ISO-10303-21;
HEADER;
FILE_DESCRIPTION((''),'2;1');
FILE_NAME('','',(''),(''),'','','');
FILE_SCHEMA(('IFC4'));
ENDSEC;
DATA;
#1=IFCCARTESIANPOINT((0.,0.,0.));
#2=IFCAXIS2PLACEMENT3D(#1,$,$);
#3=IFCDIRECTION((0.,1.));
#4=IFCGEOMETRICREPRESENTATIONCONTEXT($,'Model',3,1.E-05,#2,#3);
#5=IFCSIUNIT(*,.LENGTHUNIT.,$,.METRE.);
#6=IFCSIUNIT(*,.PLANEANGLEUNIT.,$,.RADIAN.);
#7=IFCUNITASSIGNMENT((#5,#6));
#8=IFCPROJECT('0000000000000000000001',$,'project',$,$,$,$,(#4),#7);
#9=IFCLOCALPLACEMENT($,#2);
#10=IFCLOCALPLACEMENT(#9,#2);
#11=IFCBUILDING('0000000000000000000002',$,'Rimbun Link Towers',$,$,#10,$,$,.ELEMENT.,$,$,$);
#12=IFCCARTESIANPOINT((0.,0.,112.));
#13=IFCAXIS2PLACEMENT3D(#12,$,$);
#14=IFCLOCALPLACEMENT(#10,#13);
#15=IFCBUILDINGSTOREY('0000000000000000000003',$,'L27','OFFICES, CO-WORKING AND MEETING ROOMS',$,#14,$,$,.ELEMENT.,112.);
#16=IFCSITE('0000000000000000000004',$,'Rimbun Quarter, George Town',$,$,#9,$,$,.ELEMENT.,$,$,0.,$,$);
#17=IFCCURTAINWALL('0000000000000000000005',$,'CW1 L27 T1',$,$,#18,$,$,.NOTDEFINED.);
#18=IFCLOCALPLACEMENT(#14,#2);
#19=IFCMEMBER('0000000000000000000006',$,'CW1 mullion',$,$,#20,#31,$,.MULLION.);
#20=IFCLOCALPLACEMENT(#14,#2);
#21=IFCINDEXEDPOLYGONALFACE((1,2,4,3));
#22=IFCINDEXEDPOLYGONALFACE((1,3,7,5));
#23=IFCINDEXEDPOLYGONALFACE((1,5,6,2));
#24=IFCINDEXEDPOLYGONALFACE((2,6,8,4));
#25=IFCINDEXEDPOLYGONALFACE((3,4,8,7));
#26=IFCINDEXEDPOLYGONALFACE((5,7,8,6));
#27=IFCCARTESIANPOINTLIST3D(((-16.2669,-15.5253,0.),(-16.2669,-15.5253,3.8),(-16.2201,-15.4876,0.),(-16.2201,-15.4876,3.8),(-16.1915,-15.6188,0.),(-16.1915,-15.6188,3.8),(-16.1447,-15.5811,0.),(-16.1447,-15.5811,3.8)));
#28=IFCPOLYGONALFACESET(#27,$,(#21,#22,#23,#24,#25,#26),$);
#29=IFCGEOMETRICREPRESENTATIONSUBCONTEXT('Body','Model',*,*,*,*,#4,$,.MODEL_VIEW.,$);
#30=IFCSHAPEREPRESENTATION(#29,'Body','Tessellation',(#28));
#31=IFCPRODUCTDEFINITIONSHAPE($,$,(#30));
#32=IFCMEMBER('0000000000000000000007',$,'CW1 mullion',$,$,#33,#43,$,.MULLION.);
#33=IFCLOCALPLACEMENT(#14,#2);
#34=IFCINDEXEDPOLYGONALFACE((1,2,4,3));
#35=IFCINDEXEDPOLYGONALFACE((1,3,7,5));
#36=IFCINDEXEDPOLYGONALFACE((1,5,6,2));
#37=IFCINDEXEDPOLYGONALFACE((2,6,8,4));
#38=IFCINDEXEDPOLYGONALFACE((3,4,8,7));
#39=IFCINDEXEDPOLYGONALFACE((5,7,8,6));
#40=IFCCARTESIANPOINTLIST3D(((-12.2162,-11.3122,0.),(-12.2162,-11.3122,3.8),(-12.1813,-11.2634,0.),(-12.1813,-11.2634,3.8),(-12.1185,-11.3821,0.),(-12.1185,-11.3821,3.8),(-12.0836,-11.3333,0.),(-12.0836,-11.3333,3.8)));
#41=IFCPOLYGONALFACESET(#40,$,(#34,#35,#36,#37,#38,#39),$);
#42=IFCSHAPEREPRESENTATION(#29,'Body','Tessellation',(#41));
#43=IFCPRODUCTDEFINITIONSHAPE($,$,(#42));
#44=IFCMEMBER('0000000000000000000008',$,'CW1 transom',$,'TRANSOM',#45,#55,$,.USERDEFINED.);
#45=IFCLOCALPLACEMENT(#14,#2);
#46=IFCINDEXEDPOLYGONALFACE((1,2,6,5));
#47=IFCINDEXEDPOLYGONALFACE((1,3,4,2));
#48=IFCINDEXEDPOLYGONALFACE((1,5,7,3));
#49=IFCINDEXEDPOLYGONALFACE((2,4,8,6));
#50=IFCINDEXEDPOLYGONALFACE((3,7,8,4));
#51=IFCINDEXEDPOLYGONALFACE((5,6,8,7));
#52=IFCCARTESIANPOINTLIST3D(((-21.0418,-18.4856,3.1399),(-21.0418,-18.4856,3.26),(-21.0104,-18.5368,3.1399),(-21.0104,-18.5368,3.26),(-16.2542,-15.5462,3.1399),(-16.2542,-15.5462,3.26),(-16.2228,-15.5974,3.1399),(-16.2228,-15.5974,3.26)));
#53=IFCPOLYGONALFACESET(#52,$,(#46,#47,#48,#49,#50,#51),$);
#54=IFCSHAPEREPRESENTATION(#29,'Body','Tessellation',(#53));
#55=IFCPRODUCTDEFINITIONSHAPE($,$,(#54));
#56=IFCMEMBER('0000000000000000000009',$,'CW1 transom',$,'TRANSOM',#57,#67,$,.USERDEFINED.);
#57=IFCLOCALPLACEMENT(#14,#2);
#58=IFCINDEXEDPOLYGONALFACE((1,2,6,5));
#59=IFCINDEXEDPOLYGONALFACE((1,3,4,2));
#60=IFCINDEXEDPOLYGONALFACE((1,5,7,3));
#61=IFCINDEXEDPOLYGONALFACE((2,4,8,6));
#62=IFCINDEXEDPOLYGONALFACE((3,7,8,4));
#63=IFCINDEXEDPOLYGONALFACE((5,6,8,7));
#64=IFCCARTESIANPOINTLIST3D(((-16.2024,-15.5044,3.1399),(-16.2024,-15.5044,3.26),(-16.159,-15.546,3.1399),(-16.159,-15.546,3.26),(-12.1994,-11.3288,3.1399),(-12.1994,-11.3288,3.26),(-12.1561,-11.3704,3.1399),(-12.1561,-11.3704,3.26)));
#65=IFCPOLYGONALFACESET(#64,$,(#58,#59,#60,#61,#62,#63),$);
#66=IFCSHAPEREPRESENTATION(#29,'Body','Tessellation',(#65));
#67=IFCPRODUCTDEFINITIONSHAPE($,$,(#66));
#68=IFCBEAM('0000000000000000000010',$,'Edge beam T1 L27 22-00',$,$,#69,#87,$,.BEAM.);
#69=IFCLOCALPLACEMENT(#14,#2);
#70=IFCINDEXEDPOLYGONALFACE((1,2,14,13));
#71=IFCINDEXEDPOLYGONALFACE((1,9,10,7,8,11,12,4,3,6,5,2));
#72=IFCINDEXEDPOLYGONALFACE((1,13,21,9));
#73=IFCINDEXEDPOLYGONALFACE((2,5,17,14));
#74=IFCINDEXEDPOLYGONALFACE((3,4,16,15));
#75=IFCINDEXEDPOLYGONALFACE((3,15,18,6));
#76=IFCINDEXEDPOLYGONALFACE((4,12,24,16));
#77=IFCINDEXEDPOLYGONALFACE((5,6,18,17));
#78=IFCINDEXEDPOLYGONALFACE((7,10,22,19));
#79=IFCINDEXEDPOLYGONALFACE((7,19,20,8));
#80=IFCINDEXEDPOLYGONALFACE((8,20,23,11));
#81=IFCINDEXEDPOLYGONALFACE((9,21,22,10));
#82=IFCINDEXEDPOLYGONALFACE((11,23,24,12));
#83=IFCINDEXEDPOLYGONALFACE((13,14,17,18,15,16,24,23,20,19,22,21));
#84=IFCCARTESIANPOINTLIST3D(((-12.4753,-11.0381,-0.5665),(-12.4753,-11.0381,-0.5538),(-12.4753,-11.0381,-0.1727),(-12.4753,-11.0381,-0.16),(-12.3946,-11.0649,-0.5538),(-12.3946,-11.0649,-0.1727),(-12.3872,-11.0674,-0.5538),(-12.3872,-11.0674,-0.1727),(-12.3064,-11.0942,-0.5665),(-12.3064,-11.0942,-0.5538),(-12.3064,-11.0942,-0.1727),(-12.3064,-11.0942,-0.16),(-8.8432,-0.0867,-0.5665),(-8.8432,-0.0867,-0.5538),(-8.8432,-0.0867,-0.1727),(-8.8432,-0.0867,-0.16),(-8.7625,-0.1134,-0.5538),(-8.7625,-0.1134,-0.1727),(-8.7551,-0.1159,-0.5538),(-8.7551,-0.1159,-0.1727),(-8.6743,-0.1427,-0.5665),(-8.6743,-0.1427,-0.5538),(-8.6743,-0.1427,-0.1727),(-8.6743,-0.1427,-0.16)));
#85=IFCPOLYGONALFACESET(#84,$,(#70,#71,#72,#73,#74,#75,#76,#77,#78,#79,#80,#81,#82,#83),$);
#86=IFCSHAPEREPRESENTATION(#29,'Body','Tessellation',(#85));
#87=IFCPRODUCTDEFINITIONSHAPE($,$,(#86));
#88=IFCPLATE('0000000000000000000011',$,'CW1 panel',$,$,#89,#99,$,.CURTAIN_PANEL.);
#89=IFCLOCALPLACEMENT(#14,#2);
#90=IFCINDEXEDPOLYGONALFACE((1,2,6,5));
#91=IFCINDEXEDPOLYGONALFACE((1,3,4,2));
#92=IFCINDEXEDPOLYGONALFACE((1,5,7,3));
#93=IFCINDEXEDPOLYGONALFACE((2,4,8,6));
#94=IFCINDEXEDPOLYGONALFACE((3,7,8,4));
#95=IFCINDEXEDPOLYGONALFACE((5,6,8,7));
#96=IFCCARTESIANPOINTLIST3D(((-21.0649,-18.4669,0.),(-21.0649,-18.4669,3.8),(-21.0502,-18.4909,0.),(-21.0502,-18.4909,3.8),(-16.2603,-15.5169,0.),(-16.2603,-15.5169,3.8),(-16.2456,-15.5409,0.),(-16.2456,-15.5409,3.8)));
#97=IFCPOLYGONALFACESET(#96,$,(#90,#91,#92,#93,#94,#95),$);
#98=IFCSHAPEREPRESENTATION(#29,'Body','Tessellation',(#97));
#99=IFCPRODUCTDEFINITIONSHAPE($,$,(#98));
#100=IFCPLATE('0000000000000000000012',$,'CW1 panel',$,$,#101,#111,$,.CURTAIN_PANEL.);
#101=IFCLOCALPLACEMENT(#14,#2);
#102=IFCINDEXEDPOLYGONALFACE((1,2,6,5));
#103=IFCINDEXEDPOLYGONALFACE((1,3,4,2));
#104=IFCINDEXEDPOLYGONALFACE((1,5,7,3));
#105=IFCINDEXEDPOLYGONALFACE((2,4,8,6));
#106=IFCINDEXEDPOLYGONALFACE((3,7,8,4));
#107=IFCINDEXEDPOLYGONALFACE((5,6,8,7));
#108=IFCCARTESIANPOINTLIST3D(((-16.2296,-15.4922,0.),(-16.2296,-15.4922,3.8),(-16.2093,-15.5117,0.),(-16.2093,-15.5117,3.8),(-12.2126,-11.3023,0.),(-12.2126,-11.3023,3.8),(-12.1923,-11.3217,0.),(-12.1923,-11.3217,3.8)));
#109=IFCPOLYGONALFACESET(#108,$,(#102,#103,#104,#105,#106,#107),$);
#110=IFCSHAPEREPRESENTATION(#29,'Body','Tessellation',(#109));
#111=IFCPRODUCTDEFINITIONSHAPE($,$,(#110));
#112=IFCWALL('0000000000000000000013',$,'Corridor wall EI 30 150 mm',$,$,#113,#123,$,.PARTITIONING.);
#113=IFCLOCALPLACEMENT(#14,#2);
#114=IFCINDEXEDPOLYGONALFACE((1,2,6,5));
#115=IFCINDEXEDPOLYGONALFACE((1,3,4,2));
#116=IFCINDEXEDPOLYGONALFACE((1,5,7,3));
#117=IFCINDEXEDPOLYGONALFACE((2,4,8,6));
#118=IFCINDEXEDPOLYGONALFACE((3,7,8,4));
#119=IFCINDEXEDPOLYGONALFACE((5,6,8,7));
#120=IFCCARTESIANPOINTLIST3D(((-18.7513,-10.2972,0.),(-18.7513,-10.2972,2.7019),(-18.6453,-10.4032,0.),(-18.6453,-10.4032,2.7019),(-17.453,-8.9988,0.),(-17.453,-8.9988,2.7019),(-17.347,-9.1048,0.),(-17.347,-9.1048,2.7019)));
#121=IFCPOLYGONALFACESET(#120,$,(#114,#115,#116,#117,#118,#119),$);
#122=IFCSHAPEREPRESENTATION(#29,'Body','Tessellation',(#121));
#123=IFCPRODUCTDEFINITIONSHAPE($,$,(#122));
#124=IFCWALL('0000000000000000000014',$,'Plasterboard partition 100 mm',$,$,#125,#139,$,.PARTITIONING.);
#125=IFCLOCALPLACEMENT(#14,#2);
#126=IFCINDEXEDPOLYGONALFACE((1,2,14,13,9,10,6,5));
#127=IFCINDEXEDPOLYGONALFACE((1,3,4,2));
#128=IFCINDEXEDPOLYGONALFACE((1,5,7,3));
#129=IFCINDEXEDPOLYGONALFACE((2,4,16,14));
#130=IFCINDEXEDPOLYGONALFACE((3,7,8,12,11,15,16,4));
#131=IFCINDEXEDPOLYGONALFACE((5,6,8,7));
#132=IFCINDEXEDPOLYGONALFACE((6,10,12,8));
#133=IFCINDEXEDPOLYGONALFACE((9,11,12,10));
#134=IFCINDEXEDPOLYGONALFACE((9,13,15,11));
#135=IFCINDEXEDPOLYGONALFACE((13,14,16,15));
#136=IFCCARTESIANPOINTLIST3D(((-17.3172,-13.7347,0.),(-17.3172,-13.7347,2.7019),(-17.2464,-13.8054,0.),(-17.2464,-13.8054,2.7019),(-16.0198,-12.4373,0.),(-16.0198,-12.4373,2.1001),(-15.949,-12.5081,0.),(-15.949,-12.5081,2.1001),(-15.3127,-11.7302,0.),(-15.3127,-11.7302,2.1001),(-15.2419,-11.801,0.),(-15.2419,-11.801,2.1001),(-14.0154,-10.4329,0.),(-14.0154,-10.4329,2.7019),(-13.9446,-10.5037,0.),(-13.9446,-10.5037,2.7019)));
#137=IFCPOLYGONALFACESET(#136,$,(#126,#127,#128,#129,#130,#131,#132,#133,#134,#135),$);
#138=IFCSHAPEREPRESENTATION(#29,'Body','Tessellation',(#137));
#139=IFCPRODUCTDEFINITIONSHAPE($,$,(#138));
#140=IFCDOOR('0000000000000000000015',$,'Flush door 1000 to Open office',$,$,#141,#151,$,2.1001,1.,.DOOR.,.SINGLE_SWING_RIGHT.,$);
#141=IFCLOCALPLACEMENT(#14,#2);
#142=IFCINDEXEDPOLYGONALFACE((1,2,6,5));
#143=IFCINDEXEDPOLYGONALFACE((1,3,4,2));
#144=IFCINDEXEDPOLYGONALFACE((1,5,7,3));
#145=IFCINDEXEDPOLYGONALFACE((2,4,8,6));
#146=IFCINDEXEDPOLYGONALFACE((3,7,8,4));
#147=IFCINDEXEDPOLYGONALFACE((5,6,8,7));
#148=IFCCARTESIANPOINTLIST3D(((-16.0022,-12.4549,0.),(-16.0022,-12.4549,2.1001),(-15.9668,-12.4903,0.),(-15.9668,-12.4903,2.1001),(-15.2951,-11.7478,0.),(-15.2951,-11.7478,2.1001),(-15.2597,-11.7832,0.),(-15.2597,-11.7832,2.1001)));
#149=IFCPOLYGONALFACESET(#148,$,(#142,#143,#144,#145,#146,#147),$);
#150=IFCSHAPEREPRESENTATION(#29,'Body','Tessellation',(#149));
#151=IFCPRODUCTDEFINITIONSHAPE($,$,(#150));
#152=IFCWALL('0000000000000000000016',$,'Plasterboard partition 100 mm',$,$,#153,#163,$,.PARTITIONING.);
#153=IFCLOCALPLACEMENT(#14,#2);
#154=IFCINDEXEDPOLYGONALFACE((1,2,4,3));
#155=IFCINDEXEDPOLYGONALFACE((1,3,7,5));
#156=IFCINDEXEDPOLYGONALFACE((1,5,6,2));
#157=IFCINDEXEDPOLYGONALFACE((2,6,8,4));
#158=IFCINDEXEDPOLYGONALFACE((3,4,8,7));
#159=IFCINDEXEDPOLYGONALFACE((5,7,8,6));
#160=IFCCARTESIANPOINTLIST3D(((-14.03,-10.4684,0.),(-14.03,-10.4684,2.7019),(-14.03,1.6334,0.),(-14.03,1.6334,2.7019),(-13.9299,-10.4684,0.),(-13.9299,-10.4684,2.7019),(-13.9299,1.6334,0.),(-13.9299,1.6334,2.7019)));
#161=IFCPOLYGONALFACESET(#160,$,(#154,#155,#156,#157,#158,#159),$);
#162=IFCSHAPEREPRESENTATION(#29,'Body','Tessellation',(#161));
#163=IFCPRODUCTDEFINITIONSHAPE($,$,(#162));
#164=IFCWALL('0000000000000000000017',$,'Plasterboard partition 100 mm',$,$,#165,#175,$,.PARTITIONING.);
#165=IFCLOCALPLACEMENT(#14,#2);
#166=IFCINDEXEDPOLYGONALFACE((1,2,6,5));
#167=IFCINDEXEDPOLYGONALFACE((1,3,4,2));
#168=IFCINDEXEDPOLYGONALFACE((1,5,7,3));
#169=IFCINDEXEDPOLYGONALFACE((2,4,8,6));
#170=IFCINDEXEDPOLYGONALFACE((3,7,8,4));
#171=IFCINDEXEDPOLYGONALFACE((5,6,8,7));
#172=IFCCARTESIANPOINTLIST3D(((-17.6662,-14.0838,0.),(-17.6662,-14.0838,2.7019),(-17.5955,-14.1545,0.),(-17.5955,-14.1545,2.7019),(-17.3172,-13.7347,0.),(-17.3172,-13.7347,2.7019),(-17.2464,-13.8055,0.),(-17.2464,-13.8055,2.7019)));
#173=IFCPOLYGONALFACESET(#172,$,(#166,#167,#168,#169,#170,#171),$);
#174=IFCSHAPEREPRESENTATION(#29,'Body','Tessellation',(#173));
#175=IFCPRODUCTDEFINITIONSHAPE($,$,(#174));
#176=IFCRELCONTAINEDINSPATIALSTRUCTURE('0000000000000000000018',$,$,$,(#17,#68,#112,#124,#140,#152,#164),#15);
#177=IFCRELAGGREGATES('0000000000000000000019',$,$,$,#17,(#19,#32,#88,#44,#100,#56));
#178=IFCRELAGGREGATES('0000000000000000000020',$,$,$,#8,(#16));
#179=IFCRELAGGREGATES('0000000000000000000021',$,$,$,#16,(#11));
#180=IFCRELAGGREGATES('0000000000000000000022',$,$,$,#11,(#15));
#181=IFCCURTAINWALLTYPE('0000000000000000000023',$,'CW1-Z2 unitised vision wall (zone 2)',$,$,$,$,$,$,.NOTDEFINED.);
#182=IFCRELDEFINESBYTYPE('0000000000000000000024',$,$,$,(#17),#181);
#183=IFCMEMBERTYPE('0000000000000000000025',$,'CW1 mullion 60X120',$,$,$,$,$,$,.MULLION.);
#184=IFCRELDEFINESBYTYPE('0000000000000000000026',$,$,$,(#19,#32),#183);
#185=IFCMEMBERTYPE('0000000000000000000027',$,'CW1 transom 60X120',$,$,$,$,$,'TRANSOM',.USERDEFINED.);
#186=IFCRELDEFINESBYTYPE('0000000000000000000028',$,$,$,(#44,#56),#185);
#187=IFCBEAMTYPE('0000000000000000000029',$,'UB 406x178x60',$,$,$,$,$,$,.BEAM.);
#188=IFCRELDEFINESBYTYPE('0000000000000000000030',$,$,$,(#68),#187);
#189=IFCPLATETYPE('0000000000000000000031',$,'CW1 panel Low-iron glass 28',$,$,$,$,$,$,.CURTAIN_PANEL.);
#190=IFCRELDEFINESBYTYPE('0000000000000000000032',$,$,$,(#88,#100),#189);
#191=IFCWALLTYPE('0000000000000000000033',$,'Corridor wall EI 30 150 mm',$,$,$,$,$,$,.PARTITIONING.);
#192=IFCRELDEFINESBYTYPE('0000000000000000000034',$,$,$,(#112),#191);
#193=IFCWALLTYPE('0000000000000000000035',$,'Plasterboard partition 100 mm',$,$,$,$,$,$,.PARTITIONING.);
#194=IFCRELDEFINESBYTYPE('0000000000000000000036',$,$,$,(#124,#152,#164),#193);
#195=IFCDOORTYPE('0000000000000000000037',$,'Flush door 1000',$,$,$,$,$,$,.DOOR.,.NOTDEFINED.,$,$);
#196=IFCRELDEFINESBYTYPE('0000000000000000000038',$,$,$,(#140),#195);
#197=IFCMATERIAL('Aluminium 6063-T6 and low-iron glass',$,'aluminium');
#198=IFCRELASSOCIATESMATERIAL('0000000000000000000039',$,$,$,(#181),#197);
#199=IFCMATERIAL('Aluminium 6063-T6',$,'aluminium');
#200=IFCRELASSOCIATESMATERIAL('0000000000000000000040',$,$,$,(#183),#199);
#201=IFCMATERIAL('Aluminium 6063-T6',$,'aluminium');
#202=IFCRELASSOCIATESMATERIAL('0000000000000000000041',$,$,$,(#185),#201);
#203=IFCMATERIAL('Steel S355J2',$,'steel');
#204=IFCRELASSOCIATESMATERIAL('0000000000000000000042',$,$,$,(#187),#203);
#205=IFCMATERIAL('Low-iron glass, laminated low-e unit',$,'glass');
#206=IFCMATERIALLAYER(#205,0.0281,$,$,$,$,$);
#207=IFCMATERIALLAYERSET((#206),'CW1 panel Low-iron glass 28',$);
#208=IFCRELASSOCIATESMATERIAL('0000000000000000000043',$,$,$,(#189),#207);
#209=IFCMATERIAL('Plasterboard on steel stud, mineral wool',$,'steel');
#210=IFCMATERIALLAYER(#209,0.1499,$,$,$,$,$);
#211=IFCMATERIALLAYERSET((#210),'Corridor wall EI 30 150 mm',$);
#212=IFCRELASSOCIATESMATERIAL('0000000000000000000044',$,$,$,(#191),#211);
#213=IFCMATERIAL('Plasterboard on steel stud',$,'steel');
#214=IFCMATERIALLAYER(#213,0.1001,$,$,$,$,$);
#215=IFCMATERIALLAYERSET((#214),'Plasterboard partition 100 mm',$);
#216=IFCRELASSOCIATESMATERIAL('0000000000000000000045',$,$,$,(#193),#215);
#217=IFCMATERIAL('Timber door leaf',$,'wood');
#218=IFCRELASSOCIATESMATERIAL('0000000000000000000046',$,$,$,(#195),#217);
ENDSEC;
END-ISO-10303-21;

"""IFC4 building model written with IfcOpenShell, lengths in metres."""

from ifc_helpers import new_model, si_unit, direction, frame, frame_2d, origin, origin_2d, place, context, subcontext, project, spatial, rectangle, i_section, extrude, material, layer, layer_set, material_profile, profile_set, type_object, element, fill, aggregate, save


model = new_model("IFC4")

# Units and contexts
model_context = context("Model", 3, precision=1e-05, world=origin(), true_north=direction((0.0, 1.0)))
body_context = subcontext(model_context, "Body", "Model", "MODEL_VIEW")
ifc_project = project(units=[si_unit("LENGTHUNIT", "METRE"), si_unit("PLANEANGLEUNIT", "RADIAN")], contexts=[model_context])

# Site, building, storey
site_placement = place(None, origin())
site = spatial("IfcSite", under=ifc_project, at=site_placement, Name="Rimbun Quarter, George Town", CompositionType="ELEMENT", RefElevation=0.0)
building_placement = place(site_placement, origin())
building = spatial("IfcBuilding", under=site, at=building_placement, Name="Rimbun Link Towers", CompositionType="ELEMENT")
storey_placement = place(building_placement, frame((0.0, 0.0, 112.0)))
storey = spatial("IfcBuildingStorey", under=building, at=storey_placement, Name="L27", Description="OFFICES, CO-WORKING AND MEETING ROOMS", CompositionType="ELEMENT", Elevation=112.0)

# Curtain wall, members
ifc_material_1 = material(Name="Aluminium 6063-T6 and low-iron glass", Category="aluminium")
curtain_wall_type = type_object("IfcCurtainWallType", Name="CW1-Z2 unitised vision wall (zone 2)", PredefinedType="NOTDEFINED", material=ifc_material_1)
curtain_wall_placement = place(storey_placement, origin())
curtain_wall = element("IfcCurtainWall", 1, at=curtain_wall_placement, inside=storey, type_object=curtain_wall_type, Name="CW1 L27 T1", PredefinedType="NOTDEFINED")
ifc_material_2 = material(Name="Aluminium 6063-T6", Category="aluminium")
ifc_material_profile_1 = material_profile(ifc_material_2, rectangle(XDim=0.1201, YDim=0.0601, at=origin_2d()), Name="MULLION 60X120")
ifc_profile_set_1 = profile_set([ifc_material_profile_1], Name="Aluminium 6063-T6")
member_type_1 = type_object("IfcMemberType", Name="CW1 mullion 60X120", PredefinedType="MULLION", material=ifc_profile_set_1)
member_1_placement = place(storey_placement, frame((-16.2058, -15.5532, 0.0), z_axis=(0.0, 0.0, 1.0), x_axis=(0.62767, -0.778479, 0.0)))
member_1 = element("IfcMember", 2, at=member_1_placement, type_object=member_type_1, Name="CW1 mullion", PredefinedType="MULLION", context=body_context, shape_type="SweptSolid", body=[
    extrude(rectangle(XDim=0.1201, YDim=0.0601, at=origin_2d()), origin(), (0.0, 0.0, 1.0), 3.8),
])
member_2_placement = place(storey_placement, frame((-12.1499, -11.3228, 0.0), z_axis=(0.0, 0.0, 1.0), x_axis=(0.813347, -0.581778, 0.0)))
member_2 = element("IfcMember", 3, at=member_2_placement, type_object=member_type_1, Name="CW1 mullion", PredefinedType="MULLION", context=body_context, shape_type="SweptSolid", body=[
    extrude(rectangle(XDim=0.1201, YDim=0.0601, at=origin_2d()), origin(), (0.0, 0.0, 1.0), 3.8),
])
ifc_material_3 = material(Name="Aluminium 6063-T6", Category="aluminium")
ifc_material_profile_2 = material_profile(ifc_material_3, rectangle(XDim=0.0601, YDim=0.1201, at=origin_2d()), Name="TRANSOM 60X120")
ifc_profile_set_2 = profile_set([ifc_material_profile_2], Name="Aluminium 6063-T6")
member_type_2 = type_object("IfcMemberType", Name="CW1 transom 60X120", ElementType="TRANSOM", PredefinedType="USERDEFINED", material=ifc_profile_set_2)
member_3_placement = place(storey_placement, frame((-16.2385, -15.5718, 3.2), z_axis=(-0.852195, -0.523224, 0.0), x_axis=(0.523224, -0.852195, 0.0)))
member_3 = element("IfcMember", 4, at=member_3_placement, type_object=member_type_2, Name="CW1 transom", ObjectType="TRANSOM", PredefinedType="USERDEFINED", context=body_context, shape_type="SweptSolid", body=[
    extrude(rectangle(XDim=0.0601, YDim=0.1201, at=origin_2d()), origin(), (0.0, 0.0, 1.0), 5.6179),
])
member_4_placement = place(storey_placement, frame((-12.1777, -11.3496, 3.2), z_axis=(-0.692029, -0.72187, 0.0), x_axis=(0.72187, -0.692029, 0.0)))
member_4 = element("IfcMember", 5, at=member_4_placement, type_object=member_type_2, Name="CW1 transom", ObjectType="TRANSOM", PredefinedType="USERDEFINED", context=body_context, shape_type="SweptSolid", body=[
    extrude(rectangle(XDim=0.0601, YDim=0.1201, at=origin_2d()), origin(), (0.0, 0.0, 1.0), 5.7844),
])

# Beam
ifc_material_4 = material(Name="Steel S355J2", Category="steel")
ifc_material_profile_3 = material_profile(ifc_material_4, i_section(OverallWidth=0.178, OverallDepth=0.4065, WebThickness=0.0078, FlangeThickness=0.0127, at=origin_2d()), Name="UB 406x178x60")
ifc_profile_set_3 = profile_set([ifc_material_profile_3], Name="Steel S355J2")
beam_type = type_object("IfcBeamType", Name="UB 406x178x60", PredefinedType="BEAM", material=ifc_profile_set_3)
beam_placement = place(storey_placement, frame((-12.3909, -11.0662, -0.3633), z_axis=(0.314793, 0.94916, 0.0), x_axis=(-0.94916, 0.314793, 0.0)))
element("IfcBeam", 6, at=beam_placement, inside=storey, type_object=beam_type, Name="Edge beam T1 L27 22-00", PredefinedType="BEAM", context=body_context, shape_type="SweptSolid", body=[
    extrude(i_section(OverallWidth=0.178, OverallDepth=0.4065, WebThickness=0.0078, FlangeThickness=0.0127, at=origin_2d()), origin(), (0.0, 0.0, 1.0), 11.5381),
])

# Plates
ifc_material_5 = material(Name="Low-iron glass, laminated low-e unit", Category="glass")
ifc_layer_1 = layer(ifc_material_5, 0.0281)
ifc_layer_set_1 = layer_set([ifc_layer_1], Name="CW1 panel Low-iron glass 28")
plate_type = type_object("IfcPlateType", Name="CW1 panel Low-iron glass 28", PredefinedType="CURTAIN_PANEL", material=ifc_layer_set_1)
plate_1_placement = place(storey_placement, frame((-18.6553, -17.0039, 0.0), z_axis=(0.0, 0.0, 1.0), x_axis=(-0.852185, -0.523241, 0.0)))
plate_1 = element("IfcPlate", 7, at=plate_1_placement, type_object=plate_type, Name="CW1 panel", PredefinedType="CURTAIN_PANEL", context=body_context, shape_type="SweptSolid", body=[
    extrude(rectangle(XDim=5.6379, YDim=0.0281, at=origin_2d()), origin(), (0.0, 0.0, 1.0), 3.8),
])
plate_2_placement = place(storey_placement, frame((-14.2109, -13.407, 0.0), z_axis=(0.0, 0.0, 1.0), x_axis=(-0.692055, -0.721845, 0.0)))
plate_2 = element("IfcPlate", 8, at=plate_2_placement, type_object=plate_type, Name="CW1 panel", PredefinedType="CURTAIN_PANEL", context=body_context, shape_type="SweptSolid", body=[
    extrude(rectangle(XDim=5.8044, YDim=0.0281, at=origin_2d()), origin(), (0.0, 0.0, 1.0), 3.8),
])
aggregate(curtain_wall, [member_1, member_2, plate_1, member_3, plate_2, member_4])

# Wall
ifc_material_6 = material(Name="Plasterboard on steel stud, mineral wool", Category="steel")
ifc_layer_2 = layer(ifc_material_6, 0.1499)
ifc_layer_set_2 = layer_set([ifc_layer_2], Name="Corridor wall EI 30 150 mm")
wall_type_1 = type_object("IfcWallType", Name="Corridor wall EI 30 150 mm", PredefinedType="PARTITIONING", material=ifc_layer_set_2)
wall_1_placement = place(storey_placement, frame((-18.6982, -10.3501, 0.0), z_axis=(0.0, 0.0, 1.0), x_axis=(0.707107, 0.707107, 0.0)))
element("IfcWall", 9, at=wall_1_placement, inside=storey, type_object=wall_type_1, Name="Corridor wall EI 30 150 mm", PredefinedType="PARTITIONING", context=body_context, shape_type="SweptSolid", body=[
    extrude(rectangle(XDim=1.8362, YDim=0.1499, at=frame_2d((0.918, 0.0))), origin(), (0.0, 0.0, 1.0), 2.7019),
])

# Wall, opening, door
ifc_material_7 = material(Name="Plasterboard on steel stud", Category="steel")
ifc_layer_3 = layer(ifc_material_7, 0.1001)
ifc_layer_set_3 = layer_set([ifc_layer_3], Name="Plasterboard partition 100 mm")
wall_type_2 = type_object("IfcWallType", Name="Plasterboard partition 100 mm", PredefinedType="PARTITIONING", material=ifc_layer_set_3)
wall_2_placement = place(storey_placement, frame((-13.98, -10.4683, 0.0), z_axis=(0.0, 0.0, 1.0), x_axis=(-0.707107, -0.707107, 0.0)))
wall_2 = element("IfcWall", 10, at=wall_2_placement, inside=storey, type_object=wall_type_2, Name="Plasterboard partition 100 mm", PredefinedType="PARTITIONING", context=body_context, shape_type="SweptSolid", body=[
    extrude(rectangle(XDim=4.6694, YDim=0.1001, at=frame_2d((2.3347, 0.0))), origin(), (0.0, 0.0, 1.0), 2.7019),
])
opening_placement = place(wall_2_placement, frame((1.8347, 0.0, 0.0)))
opening = element("IfcOpeningElement", 11, at=opening_placement, cuts=wall_2, PredefinedType="OPENING", context=body_context, shape_type="SweptSolid", body=[
    extrude(rectangle(XDim=1.0, YDim=2.1001, at=frame_2d((0.5, 1.05))), frame((0.0, 0.0601, 0.0), z_axis=(0.0, -1.0, 0.0), x_axis=(1.0, 0.0, 0.0)), (0.0, 0.0, 1.0), 0.1201),
])
ifc_material_8 = material(Name="Timber door leaf", Category="wood")
door_type = type_object("IfcDoorType", Name="Flush door 1000", OperationType="NOTDEFINED", PredefinedType="DOOR", material=ifc_material_8)
door_placement = place(opening_placement, origin())
door = element("IfcDoor", 12, at=door_placement, inside=storey, type_object=door_type, Name="Flush door 1000 to Open office", OperationType="SINGLE_SWING_RIGHT", OverallHeight=2.1001, OverallWidth=1.0, PredefinedType="DOOR", context=body_context, shape_type="SweptSolid", body=[
    extrude(rectangle(XDim=1.0, YDim=2.1001, at=frame_2d((0.5, 1.05))), frame((0.0, 0.0249, 0.0), z_axis=(0.0, -1.0, 0.0), x_axis=(1.0, 0.0, 0.0)), (0.0, 0.0, 1.0), 0.05),
])
fill(opening, door)

# Walls
wall_3_placement = place(storey_placement, frame((-13.98, -10.4683, 0.0), z_axis=(0.0, 0.0, 1.0), x_axis=(0.0, 1.0, 0.0)))
element("IfcWall", 13, at=wall_3_placement, inside=storey, type_object=wall_type_2, Name="Plasterboard partition 100 mm", PredefinedType="PARTITIONING", context=body_context, shape_type="SweptSolid", body=[
    extrude(rectangle(XDim=12.1018, YDim=0.1001, at=frame_2d((6.0508, 0.0))), origin(), (0.0, 0.0, 1.0), 2.7019),
])
wall_4_placement = place(storey_placement, frame((-17.6309, -14.1191, 0.0), z_axis=(0.0, 0.0, 1.0), x_axis=(0.707107, 0.707107, 0.0)))
element("IfcWall", 14, at=wall_4_placement, inside=storey, type_object=wall_type_2, Name="Plasterboard partition 100 mm", PredefinedType="PARTITIONING", context=body_context, shape_type="SweptSolid", body=[
    extrude(rectangle(XDim=0.4937, YDim=0.1001, at=frame_2d((0.2468, 0.0))), origin(), (0.0, 0.0, 1.0), 2.7019),
])

save(model, "model.ifc")
